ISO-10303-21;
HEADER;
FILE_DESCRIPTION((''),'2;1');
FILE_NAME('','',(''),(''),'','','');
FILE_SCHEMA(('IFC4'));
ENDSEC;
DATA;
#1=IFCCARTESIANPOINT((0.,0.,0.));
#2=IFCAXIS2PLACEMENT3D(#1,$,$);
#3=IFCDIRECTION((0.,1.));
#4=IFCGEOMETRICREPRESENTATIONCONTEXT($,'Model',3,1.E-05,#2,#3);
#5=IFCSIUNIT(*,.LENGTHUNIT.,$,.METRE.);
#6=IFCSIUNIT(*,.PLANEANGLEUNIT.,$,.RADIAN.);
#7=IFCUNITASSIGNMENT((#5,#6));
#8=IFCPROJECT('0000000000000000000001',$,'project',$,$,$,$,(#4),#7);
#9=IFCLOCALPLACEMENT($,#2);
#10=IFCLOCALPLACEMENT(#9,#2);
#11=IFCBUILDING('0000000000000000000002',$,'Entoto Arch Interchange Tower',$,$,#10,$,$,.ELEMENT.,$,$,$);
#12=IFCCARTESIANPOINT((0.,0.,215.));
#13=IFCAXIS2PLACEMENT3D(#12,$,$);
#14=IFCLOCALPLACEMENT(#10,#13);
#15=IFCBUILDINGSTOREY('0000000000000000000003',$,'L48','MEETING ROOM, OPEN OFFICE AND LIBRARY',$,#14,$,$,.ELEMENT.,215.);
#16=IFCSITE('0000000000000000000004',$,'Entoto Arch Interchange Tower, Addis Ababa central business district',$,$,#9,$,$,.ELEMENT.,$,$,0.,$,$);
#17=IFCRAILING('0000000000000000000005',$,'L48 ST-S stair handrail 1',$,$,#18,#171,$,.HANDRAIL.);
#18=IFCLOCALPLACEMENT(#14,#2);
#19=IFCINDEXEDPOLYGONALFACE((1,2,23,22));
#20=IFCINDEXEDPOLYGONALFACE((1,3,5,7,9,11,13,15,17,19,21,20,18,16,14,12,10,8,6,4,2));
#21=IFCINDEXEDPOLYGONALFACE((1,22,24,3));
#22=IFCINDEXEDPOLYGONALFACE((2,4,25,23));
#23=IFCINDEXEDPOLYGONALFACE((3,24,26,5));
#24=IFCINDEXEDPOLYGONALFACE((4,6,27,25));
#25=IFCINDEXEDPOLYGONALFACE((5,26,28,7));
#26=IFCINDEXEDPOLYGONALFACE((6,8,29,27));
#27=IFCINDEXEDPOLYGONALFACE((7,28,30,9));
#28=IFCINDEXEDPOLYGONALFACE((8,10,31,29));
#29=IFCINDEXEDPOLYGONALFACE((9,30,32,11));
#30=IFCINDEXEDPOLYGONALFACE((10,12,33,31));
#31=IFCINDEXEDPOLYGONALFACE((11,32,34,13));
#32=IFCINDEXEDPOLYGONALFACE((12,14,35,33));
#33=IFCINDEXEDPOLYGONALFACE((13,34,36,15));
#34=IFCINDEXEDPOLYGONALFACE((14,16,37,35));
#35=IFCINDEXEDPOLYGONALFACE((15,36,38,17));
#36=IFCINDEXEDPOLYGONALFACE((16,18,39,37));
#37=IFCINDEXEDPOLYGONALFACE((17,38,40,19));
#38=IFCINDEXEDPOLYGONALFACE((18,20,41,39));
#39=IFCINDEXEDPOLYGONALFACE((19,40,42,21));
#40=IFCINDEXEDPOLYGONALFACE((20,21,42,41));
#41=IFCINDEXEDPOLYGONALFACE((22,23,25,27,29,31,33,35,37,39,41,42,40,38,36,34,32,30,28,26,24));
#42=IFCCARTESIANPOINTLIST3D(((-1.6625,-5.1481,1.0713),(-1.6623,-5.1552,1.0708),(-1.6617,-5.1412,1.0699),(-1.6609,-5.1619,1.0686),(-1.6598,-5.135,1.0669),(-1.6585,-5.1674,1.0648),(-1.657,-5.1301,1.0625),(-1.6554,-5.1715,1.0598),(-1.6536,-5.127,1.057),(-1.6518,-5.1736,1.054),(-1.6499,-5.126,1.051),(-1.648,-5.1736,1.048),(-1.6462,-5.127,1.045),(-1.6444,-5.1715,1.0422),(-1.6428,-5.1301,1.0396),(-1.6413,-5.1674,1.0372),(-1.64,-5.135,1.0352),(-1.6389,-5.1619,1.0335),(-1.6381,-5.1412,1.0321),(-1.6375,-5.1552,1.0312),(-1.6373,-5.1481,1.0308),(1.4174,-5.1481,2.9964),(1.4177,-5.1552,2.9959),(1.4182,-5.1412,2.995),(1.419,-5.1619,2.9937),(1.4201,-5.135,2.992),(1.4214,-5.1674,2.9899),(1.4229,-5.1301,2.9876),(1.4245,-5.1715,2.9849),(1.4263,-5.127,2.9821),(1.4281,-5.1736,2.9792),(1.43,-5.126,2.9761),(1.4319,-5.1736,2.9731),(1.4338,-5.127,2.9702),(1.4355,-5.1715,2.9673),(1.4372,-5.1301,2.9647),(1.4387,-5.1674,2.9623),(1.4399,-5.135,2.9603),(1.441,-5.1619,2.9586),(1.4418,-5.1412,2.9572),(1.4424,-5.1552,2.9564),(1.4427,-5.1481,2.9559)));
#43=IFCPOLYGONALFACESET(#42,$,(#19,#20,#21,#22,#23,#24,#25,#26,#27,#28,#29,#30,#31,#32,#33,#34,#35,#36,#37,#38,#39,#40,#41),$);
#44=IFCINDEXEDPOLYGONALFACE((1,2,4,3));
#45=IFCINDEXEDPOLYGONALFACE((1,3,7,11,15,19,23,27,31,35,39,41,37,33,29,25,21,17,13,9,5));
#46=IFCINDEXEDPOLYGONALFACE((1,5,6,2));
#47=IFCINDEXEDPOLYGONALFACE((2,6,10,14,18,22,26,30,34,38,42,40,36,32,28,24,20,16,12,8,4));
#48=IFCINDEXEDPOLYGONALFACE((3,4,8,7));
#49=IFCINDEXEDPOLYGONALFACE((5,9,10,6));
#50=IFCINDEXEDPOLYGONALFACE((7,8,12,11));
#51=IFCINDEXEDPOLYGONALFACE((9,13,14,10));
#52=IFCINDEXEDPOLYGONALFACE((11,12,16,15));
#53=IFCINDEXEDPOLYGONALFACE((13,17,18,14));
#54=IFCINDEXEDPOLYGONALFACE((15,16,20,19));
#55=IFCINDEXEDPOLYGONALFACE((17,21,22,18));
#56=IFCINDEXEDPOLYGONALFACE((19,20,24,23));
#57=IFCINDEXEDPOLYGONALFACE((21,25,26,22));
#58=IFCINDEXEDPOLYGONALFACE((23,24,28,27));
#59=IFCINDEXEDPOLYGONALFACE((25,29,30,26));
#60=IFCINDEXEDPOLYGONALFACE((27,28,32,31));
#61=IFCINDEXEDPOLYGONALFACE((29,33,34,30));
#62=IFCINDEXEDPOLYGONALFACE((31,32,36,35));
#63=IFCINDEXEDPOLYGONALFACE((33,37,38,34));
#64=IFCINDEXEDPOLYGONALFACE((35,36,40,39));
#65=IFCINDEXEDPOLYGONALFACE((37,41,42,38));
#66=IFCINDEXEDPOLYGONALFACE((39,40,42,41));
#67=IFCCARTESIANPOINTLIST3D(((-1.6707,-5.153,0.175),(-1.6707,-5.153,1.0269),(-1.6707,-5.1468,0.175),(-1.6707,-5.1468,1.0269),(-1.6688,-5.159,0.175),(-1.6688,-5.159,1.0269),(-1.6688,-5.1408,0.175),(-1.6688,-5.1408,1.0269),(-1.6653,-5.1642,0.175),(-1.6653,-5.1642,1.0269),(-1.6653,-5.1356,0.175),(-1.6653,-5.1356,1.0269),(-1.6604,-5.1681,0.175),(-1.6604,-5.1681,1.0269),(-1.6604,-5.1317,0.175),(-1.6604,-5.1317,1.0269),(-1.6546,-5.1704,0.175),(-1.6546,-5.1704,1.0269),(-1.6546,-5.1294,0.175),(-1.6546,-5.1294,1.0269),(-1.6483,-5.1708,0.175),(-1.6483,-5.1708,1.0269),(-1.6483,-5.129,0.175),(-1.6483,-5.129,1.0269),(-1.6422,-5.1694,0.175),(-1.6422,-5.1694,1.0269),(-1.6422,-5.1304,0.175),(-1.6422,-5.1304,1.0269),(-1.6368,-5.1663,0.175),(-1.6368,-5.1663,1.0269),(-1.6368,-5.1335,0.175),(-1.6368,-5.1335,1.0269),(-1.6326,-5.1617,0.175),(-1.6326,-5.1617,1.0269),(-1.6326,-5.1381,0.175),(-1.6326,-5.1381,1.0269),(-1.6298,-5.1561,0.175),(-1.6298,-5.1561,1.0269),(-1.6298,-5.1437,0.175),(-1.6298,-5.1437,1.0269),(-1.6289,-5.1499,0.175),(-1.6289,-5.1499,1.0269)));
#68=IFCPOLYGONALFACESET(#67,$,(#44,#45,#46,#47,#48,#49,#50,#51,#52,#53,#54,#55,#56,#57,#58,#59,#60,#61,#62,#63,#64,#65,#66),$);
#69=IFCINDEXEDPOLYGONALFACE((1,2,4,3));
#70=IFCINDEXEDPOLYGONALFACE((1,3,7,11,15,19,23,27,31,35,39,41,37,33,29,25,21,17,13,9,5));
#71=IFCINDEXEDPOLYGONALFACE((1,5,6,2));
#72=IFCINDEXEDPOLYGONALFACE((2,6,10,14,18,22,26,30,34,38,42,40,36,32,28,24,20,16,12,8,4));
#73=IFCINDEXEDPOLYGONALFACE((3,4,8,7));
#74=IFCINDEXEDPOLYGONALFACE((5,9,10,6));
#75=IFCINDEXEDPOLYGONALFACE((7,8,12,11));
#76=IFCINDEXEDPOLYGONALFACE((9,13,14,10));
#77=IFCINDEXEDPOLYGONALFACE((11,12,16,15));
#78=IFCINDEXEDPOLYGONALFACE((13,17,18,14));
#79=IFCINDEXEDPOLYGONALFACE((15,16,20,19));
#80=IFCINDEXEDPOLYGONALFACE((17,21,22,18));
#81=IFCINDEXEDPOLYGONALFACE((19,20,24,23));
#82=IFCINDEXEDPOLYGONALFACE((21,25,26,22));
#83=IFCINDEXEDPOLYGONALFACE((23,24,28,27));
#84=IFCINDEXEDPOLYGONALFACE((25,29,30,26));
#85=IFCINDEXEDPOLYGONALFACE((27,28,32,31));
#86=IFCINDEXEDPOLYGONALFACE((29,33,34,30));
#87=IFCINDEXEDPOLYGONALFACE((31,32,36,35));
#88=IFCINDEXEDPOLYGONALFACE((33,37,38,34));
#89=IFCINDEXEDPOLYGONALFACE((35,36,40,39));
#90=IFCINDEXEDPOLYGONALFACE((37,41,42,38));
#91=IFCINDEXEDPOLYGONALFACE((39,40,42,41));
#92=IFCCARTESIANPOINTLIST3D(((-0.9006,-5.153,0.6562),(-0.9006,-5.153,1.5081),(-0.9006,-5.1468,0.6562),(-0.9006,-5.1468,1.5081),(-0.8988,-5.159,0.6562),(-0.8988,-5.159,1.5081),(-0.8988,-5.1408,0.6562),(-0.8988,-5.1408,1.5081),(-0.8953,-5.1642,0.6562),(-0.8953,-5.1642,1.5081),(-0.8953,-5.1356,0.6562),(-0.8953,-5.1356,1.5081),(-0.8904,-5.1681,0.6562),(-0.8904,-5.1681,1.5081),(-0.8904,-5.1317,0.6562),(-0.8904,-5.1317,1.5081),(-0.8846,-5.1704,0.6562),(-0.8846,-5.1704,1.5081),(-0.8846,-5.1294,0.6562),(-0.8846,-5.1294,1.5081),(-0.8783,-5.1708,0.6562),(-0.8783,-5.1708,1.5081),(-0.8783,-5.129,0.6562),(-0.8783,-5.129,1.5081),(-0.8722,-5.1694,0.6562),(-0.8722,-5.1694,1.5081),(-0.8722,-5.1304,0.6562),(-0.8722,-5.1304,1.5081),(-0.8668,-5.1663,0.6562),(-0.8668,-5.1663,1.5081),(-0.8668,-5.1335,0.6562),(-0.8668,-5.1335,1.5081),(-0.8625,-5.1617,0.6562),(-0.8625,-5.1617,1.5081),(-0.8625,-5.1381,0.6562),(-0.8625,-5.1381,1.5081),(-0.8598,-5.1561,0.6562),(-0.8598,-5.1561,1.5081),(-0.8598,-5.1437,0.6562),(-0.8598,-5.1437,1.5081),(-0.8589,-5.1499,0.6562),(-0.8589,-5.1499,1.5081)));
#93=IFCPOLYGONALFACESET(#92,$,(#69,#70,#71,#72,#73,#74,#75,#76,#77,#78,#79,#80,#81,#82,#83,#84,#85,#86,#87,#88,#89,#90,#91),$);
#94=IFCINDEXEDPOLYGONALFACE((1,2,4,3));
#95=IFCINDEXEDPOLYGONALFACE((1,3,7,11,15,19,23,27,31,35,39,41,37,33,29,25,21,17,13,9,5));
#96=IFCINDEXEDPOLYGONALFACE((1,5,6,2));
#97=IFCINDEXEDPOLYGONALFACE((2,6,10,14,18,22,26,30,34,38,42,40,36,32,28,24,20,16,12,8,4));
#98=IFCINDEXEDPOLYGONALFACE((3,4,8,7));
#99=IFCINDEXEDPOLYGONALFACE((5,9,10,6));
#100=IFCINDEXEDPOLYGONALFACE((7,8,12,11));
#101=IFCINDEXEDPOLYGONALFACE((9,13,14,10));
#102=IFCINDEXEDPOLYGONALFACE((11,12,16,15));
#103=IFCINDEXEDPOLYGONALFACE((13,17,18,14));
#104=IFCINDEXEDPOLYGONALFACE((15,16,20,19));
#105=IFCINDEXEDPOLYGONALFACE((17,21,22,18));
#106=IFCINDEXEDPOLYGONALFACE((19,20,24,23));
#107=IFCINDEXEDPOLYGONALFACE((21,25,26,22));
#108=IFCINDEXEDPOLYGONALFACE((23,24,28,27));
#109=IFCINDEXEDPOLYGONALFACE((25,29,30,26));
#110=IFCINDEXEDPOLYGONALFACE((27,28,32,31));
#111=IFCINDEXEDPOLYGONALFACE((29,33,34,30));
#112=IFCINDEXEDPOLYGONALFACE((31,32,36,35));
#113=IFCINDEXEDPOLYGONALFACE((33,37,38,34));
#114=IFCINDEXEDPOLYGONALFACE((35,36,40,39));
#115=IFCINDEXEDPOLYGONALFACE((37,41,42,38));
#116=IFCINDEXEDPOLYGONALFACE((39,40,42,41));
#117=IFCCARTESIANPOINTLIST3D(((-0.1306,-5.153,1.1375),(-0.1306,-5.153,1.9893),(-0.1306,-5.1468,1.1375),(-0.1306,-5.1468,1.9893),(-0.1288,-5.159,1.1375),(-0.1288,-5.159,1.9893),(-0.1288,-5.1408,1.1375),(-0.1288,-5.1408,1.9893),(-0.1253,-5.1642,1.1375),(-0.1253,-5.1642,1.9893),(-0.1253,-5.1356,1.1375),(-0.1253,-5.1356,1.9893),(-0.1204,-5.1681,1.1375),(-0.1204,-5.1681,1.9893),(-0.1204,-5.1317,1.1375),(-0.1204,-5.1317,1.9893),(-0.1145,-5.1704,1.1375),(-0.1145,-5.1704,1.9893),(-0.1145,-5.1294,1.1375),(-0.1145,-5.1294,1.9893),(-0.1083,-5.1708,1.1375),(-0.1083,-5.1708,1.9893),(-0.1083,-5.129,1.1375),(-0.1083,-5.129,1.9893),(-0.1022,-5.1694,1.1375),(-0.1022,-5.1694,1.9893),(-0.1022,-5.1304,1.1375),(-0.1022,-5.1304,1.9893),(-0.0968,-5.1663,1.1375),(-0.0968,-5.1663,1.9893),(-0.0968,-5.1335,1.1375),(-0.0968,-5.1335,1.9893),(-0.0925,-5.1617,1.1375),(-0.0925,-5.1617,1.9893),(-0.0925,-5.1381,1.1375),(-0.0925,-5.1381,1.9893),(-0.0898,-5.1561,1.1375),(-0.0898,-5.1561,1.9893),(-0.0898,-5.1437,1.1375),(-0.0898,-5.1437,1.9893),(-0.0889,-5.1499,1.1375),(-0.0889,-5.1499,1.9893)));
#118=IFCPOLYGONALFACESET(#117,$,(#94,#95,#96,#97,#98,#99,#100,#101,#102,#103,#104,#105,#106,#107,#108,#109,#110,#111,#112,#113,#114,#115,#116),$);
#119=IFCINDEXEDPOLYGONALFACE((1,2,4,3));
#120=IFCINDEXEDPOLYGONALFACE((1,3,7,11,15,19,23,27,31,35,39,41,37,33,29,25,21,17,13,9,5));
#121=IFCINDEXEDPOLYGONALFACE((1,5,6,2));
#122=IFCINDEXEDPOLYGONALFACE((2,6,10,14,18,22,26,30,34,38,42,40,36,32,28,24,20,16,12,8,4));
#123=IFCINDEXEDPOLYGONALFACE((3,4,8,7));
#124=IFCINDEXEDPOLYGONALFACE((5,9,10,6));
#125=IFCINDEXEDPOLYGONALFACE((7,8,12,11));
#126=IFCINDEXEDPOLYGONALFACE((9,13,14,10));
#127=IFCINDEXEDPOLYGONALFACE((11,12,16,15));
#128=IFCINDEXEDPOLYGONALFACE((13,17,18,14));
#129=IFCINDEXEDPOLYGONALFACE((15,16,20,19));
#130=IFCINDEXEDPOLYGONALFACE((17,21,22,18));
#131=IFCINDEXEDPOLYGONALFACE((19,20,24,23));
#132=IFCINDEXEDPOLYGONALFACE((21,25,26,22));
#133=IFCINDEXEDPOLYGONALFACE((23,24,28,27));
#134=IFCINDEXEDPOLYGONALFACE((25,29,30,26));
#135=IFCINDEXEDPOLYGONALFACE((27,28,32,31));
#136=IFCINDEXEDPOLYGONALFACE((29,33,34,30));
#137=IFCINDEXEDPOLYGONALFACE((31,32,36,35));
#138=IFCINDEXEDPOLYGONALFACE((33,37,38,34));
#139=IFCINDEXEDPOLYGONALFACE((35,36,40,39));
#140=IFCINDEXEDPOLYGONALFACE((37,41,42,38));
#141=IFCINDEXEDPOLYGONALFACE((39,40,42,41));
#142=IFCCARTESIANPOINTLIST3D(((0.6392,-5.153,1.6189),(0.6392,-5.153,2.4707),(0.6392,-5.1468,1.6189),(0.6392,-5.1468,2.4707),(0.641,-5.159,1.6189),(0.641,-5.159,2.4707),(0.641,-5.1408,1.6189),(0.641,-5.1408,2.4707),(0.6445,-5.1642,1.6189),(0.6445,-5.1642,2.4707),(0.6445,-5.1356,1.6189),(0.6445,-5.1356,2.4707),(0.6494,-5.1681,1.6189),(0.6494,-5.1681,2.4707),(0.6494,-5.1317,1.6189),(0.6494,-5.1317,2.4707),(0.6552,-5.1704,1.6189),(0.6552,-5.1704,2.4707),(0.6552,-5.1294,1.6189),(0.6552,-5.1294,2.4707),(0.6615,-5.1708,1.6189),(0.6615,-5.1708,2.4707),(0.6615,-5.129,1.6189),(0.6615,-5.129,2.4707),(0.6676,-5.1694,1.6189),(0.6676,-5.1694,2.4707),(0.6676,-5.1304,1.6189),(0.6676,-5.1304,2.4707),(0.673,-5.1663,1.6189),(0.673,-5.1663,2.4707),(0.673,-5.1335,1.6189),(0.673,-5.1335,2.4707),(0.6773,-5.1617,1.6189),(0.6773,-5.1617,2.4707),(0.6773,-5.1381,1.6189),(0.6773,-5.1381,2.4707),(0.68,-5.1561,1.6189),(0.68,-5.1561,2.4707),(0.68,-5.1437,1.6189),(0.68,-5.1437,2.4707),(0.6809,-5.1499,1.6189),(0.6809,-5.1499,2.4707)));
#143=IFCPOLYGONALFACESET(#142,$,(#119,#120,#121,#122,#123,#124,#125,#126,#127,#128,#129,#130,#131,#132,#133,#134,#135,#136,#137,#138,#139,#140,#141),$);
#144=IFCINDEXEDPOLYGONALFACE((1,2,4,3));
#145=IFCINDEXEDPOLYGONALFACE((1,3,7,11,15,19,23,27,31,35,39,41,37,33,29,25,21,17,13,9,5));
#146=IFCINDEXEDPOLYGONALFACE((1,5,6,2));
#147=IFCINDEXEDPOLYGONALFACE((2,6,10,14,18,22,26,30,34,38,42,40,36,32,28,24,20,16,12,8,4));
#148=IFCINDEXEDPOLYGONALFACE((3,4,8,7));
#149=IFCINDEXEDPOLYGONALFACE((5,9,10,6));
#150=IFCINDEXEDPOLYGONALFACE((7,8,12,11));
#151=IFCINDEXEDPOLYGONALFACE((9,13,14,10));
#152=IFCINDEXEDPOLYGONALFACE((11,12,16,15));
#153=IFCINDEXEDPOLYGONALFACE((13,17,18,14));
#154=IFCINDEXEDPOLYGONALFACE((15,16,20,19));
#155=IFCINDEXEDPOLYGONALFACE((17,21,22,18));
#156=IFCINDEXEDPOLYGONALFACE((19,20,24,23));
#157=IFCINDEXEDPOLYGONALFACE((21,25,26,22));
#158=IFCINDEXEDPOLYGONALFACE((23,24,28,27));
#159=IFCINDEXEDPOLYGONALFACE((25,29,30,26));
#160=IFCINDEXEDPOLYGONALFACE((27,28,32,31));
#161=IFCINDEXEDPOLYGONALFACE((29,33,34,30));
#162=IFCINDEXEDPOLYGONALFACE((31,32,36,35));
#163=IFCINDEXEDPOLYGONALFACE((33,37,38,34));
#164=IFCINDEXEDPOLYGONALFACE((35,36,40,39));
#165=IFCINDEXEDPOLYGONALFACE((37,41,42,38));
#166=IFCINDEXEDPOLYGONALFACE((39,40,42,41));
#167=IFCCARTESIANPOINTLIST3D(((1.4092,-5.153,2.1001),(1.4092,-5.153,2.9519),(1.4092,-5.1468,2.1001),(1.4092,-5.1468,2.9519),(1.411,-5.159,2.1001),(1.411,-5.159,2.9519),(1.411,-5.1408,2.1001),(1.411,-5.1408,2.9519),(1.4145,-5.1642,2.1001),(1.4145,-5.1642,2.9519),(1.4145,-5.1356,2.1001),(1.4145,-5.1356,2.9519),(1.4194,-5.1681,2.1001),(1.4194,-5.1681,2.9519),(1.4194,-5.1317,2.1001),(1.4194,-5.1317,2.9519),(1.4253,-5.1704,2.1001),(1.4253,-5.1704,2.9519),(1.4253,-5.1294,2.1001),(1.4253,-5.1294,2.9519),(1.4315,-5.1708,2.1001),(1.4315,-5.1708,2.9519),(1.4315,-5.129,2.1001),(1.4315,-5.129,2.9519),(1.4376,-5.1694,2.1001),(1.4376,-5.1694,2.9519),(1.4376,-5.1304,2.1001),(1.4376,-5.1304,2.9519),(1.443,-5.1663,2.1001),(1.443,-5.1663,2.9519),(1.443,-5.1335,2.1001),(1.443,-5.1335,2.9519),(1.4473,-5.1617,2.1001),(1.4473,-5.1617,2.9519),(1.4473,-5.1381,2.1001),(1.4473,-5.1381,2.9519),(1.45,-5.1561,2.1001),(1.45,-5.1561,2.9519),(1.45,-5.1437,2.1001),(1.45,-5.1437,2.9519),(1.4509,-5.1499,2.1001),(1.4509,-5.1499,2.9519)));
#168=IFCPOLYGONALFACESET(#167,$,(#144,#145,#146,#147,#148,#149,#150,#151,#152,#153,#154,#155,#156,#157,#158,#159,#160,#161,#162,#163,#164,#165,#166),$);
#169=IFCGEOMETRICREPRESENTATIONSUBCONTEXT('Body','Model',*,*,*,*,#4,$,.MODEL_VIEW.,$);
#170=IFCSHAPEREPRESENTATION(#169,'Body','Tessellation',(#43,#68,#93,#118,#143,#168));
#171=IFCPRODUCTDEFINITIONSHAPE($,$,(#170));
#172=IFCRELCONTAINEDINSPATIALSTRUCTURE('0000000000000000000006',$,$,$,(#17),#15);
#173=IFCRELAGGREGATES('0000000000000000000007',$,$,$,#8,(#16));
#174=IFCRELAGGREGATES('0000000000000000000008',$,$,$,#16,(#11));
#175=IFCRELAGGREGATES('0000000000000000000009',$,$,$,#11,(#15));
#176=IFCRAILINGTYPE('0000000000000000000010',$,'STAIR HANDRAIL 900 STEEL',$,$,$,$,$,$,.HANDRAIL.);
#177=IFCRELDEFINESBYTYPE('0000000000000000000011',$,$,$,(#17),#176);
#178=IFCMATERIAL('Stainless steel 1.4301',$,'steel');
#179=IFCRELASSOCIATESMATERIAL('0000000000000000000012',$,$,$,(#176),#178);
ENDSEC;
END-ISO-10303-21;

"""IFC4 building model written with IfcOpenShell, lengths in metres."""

from ifc_helpers import new_model, si_unit, direction, frame, origin, origin_2d, place, context, subcontext, project, spatial, circle, extrude, material, type_object, element, save


model = new_model("IFC4")

# Units and contexts
model_context = context("Model", 3, precision=1e-05, world=origin(), true_north=direction((0.0, 1.0)))
body_context = subcontext(model_context, "Body", "Model", "MODEL_VIEW")
ifc_project = project(units=[si_unit("LENGTHUNIT", "METRE"), si_unit("PLANEANGLEUNIT", "RADIAN")], contexts=[model_context])

# Site, building, storey
site_placement = place(None, origin())
site = spatial("IfcSite", under=ifc_project, at=site_placement, Name="Entoto Arch Interchange Tower, Addis Ababa central business district", CompositionType="ELEMENT", RefElevation=0.0)
building_placement = place(site_placement, origin())
building = spatial("IfcBuilding", under=site, at=building_placement, Name="Entoto Arch Interchange Tower", CompositionType="ELEMENT")
storey_placement = place(building_placement, frame((0.0, 0.0, 215.0)))
storey = spatial("IfcBuildingStorey", under=building, at=storey_placement, Name="L48", Description="MEETING ROOM, OPEN OFFICE AND LIBRARY", CompositionType="ELEMENT", Elevation=215.0)

# Railing
ifc_material_1 = material(Name="Stainless steel 1.4301", Category="steel")
railing_type_1 = type_object("IfcRailingType", Name="STAIR HANDRAIL 900 STEEL", PredefinedType="HANDRAIL", material=ifc_material_1)
railing_1_placement = place(storey_placement, frame((-1.6499, -5.1499, 0.175)))
element("IfcRailing", 1, at=railing_1_placement, inside=storey, type_object=railing_type_1, Name="L48 ST-S stair handrail 1", PredefinedType="HANDRAIL", context=body_context, shape_type="SweptSolid", body=[
    extrude(circle(Radius=0.0239, at=origin_2d()), frame((0.0, 0.0, 0.876), z_axis=(0.847979, 0.0, 0.530029), x_axis=(0.0, 1.0, 0.0)), (0.0, 0.0, 1.0), 3.6321),
    extrude(circle(Radius=0.021, at=origin_2d()), origin(), (0.0, 0.0, 1.0), 0.8518),
    extrude(circle(Radius=0.021, at=origin_2d()), frame((0.77, 0.0, 0.4812)), (0.0, 0.0, 1.0), 0.8518),
    extrude(circle(Radius=0.021, at=origin_2d()), frame((1.54, 0.0, 0.9624)), (0.0, 0.0, 1.0), 0.8518),
    extrude(circle(Radius=0.021, at=origin_2d()), frame((2.3098, 0.0, 1.4438)), (0.0, 0.0, 1.0), 0.8518),
    extrude(circle(Radius=0.021, at=origin_2d()), frame((3.0798, 0.0, 1.925)), (0.0, 0.0, 1.0), 0.8518),
])

save(model, "model.ifc")
